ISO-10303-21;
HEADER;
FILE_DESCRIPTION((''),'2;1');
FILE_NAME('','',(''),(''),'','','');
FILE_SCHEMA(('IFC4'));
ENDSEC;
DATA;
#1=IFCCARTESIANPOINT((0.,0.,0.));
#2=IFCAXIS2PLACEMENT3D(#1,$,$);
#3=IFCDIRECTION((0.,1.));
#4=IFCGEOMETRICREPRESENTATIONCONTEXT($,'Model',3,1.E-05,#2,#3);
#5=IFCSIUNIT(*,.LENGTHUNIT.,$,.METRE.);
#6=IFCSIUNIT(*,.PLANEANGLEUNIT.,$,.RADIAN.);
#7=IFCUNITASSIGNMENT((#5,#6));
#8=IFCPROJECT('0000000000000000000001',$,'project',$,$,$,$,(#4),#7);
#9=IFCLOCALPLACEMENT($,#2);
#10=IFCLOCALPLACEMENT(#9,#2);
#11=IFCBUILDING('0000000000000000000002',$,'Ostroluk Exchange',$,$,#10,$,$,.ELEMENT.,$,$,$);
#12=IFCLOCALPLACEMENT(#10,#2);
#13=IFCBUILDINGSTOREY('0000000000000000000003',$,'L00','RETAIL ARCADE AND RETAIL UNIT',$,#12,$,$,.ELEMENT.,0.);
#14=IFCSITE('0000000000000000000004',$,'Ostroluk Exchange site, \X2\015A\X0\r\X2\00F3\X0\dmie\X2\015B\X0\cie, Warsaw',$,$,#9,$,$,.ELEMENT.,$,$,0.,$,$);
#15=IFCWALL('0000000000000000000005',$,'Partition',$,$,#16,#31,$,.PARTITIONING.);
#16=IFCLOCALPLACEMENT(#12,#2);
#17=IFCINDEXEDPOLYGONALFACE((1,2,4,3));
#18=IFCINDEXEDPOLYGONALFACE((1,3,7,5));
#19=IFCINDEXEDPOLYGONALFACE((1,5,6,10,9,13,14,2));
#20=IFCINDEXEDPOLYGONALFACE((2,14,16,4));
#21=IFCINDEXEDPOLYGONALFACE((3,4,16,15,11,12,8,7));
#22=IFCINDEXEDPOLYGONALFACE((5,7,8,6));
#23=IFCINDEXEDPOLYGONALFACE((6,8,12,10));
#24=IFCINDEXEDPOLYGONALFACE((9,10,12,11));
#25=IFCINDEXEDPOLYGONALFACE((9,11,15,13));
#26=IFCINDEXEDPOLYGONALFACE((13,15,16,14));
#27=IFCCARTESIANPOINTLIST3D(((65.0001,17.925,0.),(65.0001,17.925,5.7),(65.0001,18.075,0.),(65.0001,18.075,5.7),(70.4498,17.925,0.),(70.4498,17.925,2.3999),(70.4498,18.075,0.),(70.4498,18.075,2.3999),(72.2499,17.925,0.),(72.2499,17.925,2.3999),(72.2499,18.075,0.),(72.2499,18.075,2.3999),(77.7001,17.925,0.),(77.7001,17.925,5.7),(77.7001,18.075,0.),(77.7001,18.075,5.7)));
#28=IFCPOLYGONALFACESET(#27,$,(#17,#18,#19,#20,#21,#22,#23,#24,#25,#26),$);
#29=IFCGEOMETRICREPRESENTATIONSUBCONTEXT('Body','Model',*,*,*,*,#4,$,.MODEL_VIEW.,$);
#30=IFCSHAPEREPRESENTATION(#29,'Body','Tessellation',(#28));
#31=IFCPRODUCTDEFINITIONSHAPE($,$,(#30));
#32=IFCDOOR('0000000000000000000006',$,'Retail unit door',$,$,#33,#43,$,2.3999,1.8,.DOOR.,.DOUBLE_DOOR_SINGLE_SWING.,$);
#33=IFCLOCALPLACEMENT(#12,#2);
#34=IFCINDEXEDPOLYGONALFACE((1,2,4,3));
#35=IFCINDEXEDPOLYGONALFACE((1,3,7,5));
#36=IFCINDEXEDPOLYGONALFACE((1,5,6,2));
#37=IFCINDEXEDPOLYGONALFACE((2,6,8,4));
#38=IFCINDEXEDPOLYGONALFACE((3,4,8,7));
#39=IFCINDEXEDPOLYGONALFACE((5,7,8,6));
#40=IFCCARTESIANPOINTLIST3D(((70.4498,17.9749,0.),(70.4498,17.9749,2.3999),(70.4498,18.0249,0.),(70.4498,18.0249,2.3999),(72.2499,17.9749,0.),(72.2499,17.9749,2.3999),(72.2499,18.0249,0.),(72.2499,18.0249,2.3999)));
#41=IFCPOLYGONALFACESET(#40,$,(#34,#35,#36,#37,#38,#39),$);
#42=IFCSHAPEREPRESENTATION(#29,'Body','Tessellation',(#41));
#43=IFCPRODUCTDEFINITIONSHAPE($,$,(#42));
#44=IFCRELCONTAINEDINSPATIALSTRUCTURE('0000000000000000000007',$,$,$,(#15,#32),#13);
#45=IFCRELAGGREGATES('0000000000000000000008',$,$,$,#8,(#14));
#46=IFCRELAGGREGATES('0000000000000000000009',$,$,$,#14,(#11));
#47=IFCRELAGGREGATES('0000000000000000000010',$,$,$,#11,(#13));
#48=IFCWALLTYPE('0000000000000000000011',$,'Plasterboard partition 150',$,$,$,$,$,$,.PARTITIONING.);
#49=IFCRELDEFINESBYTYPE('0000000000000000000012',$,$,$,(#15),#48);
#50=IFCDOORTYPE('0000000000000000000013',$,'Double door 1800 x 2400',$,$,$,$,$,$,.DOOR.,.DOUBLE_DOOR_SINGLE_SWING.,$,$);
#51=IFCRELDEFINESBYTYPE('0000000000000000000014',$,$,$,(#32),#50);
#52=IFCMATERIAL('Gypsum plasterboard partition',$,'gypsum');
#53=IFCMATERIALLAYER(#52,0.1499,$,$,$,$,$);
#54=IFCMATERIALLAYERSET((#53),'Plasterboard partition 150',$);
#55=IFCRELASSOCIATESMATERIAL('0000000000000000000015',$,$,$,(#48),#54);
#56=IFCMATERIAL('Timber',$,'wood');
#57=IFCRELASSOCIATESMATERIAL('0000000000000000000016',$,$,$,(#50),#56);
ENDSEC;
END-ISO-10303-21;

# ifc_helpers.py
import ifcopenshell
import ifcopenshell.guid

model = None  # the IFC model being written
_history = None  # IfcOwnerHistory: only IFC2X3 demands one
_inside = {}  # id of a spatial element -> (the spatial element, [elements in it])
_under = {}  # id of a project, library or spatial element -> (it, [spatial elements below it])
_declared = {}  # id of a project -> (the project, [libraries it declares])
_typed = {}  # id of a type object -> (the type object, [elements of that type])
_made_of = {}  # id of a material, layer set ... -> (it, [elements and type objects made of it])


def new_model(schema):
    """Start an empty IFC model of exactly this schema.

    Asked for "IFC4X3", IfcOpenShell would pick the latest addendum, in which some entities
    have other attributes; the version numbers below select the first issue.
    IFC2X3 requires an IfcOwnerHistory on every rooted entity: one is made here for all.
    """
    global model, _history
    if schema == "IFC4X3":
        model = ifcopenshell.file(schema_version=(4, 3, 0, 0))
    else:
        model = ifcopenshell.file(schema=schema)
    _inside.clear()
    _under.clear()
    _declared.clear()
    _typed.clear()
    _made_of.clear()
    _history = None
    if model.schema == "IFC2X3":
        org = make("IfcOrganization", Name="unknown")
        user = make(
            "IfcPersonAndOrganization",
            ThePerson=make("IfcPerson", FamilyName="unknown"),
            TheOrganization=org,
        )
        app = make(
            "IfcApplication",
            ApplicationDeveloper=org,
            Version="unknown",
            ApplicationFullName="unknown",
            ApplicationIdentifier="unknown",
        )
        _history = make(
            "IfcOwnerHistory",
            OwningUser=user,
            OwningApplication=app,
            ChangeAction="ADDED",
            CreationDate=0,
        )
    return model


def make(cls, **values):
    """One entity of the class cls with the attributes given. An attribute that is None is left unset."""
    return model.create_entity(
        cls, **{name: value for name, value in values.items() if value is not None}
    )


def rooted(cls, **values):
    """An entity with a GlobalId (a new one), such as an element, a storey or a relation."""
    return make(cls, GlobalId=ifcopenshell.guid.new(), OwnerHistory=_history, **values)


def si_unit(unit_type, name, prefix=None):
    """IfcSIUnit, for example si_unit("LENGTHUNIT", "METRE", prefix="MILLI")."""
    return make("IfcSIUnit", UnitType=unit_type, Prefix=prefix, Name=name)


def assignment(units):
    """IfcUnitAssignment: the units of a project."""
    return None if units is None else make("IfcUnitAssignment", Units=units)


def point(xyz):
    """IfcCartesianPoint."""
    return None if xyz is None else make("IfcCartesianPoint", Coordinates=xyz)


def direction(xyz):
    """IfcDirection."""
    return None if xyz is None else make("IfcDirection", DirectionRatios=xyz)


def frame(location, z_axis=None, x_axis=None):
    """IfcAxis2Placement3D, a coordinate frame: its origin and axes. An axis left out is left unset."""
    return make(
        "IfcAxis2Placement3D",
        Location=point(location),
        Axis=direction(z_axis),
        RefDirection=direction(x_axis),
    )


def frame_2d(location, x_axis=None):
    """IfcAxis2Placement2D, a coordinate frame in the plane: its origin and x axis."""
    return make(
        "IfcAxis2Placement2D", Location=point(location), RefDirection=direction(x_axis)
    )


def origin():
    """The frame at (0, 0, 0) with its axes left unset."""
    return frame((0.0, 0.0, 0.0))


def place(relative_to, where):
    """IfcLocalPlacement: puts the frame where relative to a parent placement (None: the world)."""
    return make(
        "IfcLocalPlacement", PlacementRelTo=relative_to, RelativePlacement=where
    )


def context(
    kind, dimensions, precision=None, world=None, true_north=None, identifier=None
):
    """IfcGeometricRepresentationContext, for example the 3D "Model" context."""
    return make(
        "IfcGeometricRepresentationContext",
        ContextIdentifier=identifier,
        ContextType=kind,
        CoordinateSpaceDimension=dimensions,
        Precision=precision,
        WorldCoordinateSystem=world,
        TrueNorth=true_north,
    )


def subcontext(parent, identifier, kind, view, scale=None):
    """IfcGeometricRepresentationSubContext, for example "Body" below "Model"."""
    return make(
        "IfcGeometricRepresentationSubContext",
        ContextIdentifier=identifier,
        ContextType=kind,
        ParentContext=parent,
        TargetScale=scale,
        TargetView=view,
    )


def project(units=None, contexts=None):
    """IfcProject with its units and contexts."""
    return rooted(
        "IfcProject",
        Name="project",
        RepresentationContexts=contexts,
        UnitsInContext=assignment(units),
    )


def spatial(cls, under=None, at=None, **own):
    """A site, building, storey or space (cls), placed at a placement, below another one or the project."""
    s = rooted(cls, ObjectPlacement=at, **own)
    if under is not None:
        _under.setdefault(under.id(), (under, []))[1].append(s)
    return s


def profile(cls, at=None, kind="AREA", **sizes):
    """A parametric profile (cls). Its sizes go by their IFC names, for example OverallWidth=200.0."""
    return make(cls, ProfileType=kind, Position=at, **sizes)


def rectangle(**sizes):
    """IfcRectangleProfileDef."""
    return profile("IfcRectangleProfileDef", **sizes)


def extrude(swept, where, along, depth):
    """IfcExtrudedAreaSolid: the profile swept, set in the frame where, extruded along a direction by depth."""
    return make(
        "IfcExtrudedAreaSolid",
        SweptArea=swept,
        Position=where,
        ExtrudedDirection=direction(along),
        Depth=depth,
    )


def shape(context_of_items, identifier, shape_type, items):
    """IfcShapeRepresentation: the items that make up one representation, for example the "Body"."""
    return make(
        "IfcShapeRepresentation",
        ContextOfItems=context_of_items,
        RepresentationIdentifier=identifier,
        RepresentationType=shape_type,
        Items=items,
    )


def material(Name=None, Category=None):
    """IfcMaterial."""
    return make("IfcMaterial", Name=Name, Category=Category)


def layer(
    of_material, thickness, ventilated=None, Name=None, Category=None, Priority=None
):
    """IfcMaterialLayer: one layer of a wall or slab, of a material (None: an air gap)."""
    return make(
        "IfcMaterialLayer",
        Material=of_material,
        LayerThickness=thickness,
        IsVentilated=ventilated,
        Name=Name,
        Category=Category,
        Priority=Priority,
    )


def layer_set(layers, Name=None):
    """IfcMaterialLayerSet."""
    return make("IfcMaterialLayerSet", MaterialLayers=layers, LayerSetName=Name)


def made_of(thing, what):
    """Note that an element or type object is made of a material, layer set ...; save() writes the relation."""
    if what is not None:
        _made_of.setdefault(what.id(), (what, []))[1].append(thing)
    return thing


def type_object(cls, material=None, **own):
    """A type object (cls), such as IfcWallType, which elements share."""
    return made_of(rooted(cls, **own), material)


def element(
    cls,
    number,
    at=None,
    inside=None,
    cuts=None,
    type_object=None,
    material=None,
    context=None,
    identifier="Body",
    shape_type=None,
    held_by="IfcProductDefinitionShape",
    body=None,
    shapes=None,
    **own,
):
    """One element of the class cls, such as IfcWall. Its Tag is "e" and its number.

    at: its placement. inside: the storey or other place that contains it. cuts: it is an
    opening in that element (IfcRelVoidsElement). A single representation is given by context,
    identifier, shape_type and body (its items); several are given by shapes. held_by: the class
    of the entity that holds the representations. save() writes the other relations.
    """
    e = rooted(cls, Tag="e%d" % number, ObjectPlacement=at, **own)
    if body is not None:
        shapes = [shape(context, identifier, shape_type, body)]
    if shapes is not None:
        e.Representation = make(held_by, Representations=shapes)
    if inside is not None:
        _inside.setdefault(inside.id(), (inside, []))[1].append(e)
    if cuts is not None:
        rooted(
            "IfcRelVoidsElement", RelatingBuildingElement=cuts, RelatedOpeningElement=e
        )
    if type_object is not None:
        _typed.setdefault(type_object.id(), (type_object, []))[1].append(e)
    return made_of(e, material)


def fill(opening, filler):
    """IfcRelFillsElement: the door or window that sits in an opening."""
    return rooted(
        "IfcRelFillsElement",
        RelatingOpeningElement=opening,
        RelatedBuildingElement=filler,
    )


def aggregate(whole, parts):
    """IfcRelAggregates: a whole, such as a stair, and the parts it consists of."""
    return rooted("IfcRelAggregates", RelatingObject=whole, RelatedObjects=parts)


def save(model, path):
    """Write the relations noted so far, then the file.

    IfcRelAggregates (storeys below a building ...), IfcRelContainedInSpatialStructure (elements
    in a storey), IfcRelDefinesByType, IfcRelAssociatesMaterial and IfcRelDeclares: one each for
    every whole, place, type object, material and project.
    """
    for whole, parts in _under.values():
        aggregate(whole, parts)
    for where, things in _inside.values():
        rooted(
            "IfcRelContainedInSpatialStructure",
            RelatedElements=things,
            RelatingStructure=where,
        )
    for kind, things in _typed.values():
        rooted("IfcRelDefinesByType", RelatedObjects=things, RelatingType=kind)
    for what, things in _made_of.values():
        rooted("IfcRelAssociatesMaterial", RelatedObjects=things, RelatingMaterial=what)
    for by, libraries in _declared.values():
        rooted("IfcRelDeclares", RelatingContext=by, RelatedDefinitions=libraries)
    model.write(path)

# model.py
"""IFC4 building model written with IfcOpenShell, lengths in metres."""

from ifc_helpers import new_model, si_unit, direction, frame, frame_2d, origin, place, context, subcontext, project, spatial, rectangle, extrude, material, layer, layer_set, type_object, element, fill, save


model = new_model("IFC4")

# Units and contexts
model_context = context("Model", 3, precision=1e-05, world=origin(), true_north=direction((0.0, 1.0)))
body_context = subcontext(model_context, "Body", "Model", "MODEL_VIEW")
ifc_project = project(units=[si_unit("LENGTHUNIT", "METRE"), si_unit("PLANEANGLEUNIT", "RADIAN")], contexts=[model_context])

# Site, building, storey
site_placement = place(None, origin())
site = spatial("IfcSite", under=ifc_project, at=site_placement, Name="Ostroluk Exchange site, Śródmieście, Warsaw", CompositionType="ELEMENT", RefElevation=0.0)
building_placement = place(site_placement, origin())
building = spatial("IfcBuilding", under=site, at=building_placement, Name="Ostroluk Exchange", CompositionType="ELEMENT")
storey_placement = place(building_placement, origin())
storey = spatial("IfcBuildingStorey", under=building, at=storey_placement, Name="L00", Description="RETAIL ARCADE AND RETAIL UNIT", CompositionType="ELEMENT", Elevation=0.0)

# Shared definitions
ifc_material_1 = material(Name="Gypsum plasterboard partition", Category="gypsum")
ifc_layer_1 = layer(ifc_material_1, 0.1499)
ifc_layer_set_1 = layer_set([ifc_layer_1], Name="Plasterboard partition 150")
wall_type_1 = type_object("IfcWallType", Name="Plasterboard partition 150", PredefinedType="PARTITIONING", material=ifc_layer_set_1)

# Wall, opening, door
wall_1_placement = place(storey_placement, frame((65.0, 18.0, 0.0), z_axis=(0.0, 0.0, 1.0), x_axis=(1.0, 0.0, 0.0)))
wall_1 = element("IfcWall", 1, at=wall_1_placement, inside=storey, type_object=wall_type_1, Name="Partition", PredefinedType="PARTITIONING", context=body_context, shape_type="SweptSolid", body=[
    extrude(rectangle(XDim=12.7, YDim=0.1499, at=frame_2d((6.3501, 0.0))), origin(), (0.0, 0.0, 1.0), 5.7),
])
opening_1_placement = place(wall_1_placement, frame((5.45, 0.0, 0.0)))
opening_1 = element("IfcOpeningElement", 2, at=opening_1_placement, cuts=wall_1, PredefinedType="OPENING", context=body_context, shape_type="SweptSolid", body=[
    extrude(rectangle(XDim=1.8, YDim=2.3999, at=frame_2d((0.8999, 1.2))), frame((0.0, 0.085, 0.0), z_axis=(0.0, -1.0, 0.0), x_axis=(1.0, 0.0, 0.0)), (0.0, 0.0, 1.0), 0.1699),
])
ifc_material_2 = material(Name="Timber", Category="wood")
door_type_1 = type_object("IfcDoorType", Name="Double door 1800 x 2400", OperationType="DOUBLE_DOOR_SINGLE_SWING", PredefinedType="DOOR", material=ifc_material_2)
door_1_placement = place(opening_1_placement, origin())
door_1 = element("IfcDoor", 3, at=door_1_placement, inside=storey, type_object=door_type_1, Name="Retail unit door", OperationType="DOUBLE_DOOR_SINGLE_SWING", OverallHeight=2.3999, OverallWidth=1.8, PredefinedType="DOOR", context=body_context, shape_type="SweptSolid", body=[
    extrude(rectangle(XDim=1.8, YDim=2.3999, at=frame_2d((0.8999, 1.2))), frame((0.0, 0.0249, 0.0), z_axis=(0.0, -1.0, 0.0), x_axis=(1.0, 0.0, 0.0)), (0.0, 0.0, 1.0), 0.05),
])
fill(opening_1, door_1)

save(model, "model.ifc")
